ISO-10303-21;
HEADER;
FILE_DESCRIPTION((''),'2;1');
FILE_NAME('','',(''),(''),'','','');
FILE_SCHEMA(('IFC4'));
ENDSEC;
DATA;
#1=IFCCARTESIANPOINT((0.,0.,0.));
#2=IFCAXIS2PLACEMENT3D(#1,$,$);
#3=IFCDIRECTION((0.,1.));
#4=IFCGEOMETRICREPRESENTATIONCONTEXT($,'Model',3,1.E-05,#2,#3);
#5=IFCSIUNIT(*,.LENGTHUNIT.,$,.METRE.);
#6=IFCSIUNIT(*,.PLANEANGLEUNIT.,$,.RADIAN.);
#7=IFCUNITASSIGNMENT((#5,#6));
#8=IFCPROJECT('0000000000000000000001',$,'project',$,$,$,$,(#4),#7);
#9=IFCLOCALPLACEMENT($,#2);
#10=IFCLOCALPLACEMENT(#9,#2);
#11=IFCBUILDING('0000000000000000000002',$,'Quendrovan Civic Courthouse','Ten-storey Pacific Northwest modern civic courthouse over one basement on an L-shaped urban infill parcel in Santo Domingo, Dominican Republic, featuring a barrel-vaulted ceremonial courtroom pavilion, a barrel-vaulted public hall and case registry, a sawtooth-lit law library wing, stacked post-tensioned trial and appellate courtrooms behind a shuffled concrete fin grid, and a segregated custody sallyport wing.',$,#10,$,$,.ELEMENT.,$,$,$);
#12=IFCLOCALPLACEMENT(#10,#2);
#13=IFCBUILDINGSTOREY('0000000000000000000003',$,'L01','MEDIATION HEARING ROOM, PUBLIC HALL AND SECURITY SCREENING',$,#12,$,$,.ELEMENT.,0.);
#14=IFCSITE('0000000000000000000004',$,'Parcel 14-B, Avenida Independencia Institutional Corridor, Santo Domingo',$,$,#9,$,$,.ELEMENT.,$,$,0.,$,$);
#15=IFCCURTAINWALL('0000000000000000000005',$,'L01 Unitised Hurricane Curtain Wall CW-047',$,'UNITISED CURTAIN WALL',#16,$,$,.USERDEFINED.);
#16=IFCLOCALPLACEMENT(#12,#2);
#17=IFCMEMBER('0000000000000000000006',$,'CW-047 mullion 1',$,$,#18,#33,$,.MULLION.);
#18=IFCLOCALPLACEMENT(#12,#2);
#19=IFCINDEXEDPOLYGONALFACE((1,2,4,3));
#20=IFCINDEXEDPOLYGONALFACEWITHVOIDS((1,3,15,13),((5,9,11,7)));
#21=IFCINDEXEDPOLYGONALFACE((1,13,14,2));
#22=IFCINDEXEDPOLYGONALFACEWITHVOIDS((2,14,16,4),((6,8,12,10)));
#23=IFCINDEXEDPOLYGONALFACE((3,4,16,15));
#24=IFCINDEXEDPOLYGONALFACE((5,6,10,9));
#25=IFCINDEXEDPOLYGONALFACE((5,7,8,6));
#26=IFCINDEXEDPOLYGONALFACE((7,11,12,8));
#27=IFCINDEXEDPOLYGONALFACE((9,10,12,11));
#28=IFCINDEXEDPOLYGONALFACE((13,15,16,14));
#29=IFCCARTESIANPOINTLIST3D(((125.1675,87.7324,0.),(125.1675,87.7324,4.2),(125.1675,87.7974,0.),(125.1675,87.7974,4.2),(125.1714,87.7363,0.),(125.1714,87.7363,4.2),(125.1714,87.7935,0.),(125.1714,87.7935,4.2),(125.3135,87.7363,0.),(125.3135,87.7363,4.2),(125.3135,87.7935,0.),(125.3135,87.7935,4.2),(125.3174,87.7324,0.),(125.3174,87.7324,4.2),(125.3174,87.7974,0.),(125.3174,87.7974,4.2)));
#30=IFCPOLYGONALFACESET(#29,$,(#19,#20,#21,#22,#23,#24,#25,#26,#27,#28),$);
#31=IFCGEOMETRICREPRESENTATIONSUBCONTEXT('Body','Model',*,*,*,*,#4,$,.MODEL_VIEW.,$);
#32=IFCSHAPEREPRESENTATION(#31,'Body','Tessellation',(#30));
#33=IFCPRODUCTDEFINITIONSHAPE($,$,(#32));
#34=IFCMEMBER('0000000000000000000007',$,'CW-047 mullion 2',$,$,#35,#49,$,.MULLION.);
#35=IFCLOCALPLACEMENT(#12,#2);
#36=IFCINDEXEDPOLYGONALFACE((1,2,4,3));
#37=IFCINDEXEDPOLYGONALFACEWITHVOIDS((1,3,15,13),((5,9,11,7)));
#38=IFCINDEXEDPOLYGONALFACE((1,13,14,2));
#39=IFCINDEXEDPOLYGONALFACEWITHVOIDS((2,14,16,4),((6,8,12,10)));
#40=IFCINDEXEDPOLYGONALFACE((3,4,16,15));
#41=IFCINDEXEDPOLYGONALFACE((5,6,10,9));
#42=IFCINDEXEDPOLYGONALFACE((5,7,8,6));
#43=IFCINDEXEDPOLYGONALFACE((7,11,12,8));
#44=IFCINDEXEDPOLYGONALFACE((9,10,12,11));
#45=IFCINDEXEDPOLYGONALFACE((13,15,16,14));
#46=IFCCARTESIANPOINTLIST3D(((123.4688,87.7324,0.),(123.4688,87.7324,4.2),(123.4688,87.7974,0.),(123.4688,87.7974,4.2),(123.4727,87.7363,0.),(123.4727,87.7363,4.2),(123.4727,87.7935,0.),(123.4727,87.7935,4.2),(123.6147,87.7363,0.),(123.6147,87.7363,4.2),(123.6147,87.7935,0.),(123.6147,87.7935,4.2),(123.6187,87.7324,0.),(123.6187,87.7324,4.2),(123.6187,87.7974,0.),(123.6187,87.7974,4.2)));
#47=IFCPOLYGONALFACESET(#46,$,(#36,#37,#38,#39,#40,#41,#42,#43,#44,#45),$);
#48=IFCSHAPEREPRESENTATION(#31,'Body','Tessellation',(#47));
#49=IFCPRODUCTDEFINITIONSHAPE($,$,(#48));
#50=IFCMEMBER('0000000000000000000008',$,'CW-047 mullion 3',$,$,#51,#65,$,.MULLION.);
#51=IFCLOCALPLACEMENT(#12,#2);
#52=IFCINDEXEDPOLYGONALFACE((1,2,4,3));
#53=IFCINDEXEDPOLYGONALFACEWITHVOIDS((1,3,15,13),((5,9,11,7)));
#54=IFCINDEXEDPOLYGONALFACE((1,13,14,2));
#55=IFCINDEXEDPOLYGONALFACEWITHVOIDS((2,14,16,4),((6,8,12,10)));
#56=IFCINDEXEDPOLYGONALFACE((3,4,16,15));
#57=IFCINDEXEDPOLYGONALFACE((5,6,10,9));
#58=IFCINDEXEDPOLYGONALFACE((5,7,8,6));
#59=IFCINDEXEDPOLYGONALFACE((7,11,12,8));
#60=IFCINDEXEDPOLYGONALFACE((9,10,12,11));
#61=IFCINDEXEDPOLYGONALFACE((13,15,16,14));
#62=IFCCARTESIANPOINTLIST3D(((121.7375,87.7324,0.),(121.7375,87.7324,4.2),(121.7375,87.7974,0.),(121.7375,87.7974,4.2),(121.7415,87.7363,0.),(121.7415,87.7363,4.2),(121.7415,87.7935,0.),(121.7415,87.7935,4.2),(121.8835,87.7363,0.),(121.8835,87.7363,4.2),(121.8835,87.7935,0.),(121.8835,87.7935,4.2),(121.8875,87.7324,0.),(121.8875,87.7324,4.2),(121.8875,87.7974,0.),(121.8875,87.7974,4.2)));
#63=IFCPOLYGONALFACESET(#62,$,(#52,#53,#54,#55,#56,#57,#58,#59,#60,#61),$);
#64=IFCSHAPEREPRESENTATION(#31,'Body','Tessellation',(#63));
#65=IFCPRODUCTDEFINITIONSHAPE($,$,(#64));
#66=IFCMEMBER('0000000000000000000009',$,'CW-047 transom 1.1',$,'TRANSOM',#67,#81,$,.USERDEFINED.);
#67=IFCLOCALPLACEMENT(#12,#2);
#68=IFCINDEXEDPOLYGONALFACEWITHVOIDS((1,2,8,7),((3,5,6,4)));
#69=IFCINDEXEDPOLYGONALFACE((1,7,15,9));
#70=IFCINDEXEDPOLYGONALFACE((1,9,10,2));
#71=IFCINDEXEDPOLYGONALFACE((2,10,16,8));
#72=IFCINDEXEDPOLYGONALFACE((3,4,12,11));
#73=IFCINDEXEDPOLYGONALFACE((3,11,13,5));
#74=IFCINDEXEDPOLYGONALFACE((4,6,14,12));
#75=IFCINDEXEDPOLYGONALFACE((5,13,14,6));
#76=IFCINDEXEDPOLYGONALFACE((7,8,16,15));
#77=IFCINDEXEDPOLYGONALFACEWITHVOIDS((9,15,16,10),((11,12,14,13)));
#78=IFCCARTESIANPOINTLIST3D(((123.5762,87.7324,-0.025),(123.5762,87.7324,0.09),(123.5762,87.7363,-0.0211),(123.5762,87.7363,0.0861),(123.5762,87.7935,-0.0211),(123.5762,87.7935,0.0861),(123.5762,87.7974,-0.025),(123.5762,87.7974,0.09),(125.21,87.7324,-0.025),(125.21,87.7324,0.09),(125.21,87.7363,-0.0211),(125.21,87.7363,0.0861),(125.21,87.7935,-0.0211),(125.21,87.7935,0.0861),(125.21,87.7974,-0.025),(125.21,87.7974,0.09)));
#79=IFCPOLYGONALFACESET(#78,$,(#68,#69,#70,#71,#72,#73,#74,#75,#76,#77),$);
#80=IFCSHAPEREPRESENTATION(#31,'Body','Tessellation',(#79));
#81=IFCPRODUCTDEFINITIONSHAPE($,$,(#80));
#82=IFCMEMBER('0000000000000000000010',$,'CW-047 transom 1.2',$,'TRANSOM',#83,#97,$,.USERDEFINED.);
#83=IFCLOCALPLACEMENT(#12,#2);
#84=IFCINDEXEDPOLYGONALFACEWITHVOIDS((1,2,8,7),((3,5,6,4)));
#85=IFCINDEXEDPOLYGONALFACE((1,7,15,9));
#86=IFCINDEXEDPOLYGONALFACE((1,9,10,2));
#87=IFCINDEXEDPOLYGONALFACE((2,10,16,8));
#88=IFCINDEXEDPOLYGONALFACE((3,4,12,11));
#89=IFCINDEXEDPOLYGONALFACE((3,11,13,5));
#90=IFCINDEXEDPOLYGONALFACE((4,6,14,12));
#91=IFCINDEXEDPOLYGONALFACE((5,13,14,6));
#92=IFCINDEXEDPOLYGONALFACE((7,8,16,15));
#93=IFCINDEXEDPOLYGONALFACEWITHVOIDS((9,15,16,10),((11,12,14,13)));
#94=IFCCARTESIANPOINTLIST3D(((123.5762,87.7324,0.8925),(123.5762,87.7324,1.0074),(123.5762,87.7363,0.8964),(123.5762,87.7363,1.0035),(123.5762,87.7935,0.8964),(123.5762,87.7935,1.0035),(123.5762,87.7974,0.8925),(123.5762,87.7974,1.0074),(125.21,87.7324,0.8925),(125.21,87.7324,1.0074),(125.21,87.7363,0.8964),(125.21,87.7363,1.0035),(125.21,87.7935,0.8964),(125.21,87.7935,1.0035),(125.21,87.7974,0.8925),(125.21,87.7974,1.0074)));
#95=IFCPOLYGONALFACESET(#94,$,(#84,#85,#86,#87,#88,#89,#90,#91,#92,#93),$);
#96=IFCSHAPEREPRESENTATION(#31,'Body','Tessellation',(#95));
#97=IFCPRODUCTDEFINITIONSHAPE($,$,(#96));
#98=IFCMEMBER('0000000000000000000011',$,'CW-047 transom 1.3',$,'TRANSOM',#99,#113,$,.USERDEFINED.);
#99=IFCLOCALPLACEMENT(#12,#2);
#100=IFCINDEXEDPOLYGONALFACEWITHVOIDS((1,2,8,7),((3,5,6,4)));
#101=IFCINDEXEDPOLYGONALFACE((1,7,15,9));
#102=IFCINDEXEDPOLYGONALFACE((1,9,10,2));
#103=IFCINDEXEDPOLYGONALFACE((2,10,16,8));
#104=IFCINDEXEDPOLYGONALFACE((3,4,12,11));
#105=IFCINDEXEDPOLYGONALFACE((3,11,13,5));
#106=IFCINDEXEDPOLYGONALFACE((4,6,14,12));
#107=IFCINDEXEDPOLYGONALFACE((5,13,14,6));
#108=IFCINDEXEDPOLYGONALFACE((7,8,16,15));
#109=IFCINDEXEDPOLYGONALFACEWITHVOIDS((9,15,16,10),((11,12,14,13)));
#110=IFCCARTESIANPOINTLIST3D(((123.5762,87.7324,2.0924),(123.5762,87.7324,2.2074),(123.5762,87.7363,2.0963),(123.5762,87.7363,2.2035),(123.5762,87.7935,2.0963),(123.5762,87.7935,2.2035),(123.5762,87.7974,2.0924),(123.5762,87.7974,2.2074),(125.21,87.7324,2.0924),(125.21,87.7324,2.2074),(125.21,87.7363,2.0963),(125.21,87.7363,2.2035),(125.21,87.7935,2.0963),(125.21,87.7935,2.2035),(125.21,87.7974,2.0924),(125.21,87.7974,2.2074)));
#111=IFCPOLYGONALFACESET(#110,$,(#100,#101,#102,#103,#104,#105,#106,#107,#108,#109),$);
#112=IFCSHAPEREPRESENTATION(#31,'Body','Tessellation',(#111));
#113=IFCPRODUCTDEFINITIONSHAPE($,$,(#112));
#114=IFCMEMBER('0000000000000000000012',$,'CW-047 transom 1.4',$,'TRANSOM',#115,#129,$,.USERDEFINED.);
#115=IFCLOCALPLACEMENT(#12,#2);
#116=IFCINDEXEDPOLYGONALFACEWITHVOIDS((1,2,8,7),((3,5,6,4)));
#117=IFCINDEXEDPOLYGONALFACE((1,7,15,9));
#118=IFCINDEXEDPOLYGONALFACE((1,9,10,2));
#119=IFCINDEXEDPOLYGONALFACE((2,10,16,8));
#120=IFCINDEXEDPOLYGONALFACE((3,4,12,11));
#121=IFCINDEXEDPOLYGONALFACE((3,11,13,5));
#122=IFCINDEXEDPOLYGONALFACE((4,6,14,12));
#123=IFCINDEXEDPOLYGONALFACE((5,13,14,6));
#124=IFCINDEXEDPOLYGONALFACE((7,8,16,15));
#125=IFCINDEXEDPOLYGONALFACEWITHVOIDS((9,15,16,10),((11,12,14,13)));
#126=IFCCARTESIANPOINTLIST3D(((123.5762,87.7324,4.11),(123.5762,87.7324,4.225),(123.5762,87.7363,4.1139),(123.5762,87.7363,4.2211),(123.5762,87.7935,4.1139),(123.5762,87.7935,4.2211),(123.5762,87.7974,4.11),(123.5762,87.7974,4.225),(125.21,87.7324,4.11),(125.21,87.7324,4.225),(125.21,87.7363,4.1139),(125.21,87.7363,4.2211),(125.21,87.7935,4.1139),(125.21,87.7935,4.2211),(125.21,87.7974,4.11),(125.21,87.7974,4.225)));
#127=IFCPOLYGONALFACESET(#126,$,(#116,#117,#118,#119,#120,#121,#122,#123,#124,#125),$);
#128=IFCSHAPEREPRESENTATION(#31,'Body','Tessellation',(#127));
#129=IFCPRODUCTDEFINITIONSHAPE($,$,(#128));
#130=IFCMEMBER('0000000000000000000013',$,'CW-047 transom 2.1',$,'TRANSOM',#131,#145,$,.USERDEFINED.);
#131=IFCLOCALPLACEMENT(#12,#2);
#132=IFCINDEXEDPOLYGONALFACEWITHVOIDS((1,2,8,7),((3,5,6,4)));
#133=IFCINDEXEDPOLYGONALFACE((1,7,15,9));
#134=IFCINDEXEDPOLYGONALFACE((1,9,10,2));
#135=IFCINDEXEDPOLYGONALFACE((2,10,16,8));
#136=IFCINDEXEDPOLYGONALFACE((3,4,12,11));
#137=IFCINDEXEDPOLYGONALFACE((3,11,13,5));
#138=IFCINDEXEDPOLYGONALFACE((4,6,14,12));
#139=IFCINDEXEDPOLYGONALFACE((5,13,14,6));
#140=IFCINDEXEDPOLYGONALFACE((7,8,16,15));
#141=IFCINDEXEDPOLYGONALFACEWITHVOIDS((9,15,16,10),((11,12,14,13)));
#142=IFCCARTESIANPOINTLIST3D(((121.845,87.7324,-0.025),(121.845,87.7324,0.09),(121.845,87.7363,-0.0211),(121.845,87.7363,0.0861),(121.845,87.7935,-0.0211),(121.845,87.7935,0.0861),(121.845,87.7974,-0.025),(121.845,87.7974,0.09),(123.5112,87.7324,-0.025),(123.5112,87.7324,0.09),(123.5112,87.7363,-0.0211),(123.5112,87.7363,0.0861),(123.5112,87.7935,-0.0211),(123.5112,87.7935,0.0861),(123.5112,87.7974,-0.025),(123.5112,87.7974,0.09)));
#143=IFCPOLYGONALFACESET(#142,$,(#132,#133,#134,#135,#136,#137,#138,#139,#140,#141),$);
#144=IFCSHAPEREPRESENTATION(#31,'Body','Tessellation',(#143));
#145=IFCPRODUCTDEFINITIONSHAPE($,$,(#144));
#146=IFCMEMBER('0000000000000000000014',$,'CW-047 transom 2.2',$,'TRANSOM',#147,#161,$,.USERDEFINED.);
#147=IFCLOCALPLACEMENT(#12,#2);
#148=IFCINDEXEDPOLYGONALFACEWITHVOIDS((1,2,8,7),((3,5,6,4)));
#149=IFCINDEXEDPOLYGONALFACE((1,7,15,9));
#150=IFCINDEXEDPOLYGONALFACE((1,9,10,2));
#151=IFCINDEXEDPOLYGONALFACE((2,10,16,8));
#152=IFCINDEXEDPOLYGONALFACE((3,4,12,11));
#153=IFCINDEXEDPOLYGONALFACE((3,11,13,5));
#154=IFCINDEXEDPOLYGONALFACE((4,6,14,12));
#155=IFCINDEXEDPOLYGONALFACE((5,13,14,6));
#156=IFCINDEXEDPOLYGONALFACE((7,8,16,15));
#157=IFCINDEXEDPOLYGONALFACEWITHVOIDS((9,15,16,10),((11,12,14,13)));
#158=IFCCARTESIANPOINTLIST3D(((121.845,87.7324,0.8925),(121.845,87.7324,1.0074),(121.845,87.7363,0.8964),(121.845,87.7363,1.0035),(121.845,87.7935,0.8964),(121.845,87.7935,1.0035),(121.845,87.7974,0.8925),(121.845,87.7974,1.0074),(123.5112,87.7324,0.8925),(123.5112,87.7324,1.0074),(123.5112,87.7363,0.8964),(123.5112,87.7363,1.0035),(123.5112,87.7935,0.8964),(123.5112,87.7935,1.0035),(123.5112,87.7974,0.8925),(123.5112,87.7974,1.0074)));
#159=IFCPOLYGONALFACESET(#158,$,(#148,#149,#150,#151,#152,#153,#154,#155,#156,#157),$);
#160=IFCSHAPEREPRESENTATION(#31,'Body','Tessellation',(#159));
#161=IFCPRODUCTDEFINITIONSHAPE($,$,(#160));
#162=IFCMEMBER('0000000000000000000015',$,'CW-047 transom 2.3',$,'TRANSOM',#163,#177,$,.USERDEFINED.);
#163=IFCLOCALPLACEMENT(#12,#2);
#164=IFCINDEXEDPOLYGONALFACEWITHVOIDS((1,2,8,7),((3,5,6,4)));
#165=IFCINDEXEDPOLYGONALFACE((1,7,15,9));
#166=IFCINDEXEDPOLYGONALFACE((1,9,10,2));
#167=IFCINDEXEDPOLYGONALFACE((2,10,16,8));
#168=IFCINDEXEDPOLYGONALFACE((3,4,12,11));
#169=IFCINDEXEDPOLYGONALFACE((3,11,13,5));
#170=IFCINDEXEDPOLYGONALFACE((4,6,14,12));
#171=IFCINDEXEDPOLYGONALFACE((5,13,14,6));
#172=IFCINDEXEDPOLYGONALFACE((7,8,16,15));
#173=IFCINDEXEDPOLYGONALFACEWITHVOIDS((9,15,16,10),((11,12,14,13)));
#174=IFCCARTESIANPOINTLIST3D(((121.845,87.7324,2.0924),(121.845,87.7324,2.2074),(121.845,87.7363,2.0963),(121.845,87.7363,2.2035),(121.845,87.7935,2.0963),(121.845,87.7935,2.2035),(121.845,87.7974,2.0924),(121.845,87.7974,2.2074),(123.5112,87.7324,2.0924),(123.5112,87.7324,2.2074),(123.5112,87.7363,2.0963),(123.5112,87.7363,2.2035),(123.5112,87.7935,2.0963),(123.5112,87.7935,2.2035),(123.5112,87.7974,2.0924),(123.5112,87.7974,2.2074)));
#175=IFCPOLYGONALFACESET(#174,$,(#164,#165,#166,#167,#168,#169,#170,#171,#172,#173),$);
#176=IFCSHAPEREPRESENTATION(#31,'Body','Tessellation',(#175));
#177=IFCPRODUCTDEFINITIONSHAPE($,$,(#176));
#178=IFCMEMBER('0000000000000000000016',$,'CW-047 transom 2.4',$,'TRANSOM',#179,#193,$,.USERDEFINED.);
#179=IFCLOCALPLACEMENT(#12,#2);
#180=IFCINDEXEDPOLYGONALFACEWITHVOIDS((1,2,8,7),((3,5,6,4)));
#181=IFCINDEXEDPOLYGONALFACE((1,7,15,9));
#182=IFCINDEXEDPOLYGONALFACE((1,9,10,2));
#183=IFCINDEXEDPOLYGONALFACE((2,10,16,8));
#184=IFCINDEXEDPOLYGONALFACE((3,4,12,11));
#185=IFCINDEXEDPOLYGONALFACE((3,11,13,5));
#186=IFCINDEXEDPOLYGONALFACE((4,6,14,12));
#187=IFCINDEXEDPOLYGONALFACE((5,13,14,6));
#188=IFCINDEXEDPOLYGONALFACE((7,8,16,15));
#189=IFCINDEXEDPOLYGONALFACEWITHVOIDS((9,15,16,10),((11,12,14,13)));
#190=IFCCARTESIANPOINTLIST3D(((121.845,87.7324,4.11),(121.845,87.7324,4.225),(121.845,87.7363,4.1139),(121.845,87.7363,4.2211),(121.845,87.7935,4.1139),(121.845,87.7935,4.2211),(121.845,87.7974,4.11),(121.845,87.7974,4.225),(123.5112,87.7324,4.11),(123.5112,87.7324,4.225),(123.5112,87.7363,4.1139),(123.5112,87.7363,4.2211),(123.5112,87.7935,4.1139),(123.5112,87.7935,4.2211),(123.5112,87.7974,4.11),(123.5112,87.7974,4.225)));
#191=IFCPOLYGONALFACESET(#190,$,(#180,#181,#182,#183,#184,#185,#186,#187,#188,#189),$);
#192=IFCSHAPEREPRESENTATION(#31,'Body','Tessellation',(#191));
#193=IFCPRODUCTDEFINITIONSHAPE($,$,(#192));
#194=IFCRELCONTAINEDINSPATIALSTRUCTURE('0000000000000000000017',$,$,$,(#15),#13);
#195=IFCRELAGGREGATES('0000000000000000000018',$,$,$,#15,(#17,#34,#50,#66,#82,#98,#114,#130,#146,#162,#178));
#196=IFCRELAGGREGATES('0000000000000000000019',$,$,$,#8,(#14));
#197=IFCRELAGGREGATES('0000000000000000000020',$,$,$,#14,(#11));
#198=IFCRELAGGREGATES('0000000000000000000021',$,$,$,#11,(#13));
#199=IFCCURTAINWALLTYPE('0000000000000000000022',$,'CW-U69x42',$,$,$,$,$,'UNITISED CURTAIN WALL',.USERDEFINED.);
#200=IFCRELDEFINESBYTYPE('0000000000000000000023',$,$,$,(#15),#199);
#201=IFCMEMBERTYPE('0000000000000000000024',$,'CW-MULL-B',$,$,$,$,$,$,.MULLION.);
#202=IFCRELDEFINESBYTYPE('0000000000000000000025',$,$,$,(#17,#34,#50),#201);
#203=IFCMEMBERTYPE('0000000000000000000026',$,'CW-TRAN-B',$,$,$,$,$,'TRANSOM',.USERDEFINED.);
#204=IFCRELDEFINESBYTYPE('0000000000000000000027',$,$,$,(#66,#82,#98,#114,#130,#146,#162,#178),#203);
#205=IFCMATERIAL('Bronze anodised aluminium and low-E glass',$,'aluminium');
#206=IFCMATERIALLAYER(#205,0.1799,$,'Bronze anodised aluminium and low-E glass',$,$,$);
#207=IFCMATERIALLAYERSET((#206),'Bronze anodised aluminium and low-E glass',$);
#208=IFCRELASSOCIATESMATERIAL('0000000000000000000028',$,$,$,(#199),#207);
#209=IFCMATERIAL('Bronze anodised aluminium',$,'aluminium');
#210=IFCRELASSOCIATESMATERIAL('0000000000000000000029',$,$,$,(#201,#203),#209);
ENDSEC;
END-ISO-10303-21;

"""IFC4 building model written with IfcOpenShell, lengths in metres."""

from ifc_helpers import new_model, si_unit, direction, frame, origin, origin_2d, place, context, subcontext, project, spatial, hollow_rectangle, extrude, material, layer, layer_set, material_profile, profile_set, type_object, element, aggregate, save


model = new_model("IFC4")

# Units and contexts
model_context = context("Model", 3, precision=1e-05, world=origin(), true_north=direction((0.0, 1.0)))
body_context = subcontext(model_context, "Body", "Model", "MODEL_VIEW")
ifc_project = project(units=[si_unit("LENGTHUNIT", "METRE"), si_unit("PLANEANGLEUNIT", "RADIAN")], contexts=[model_context])

# Site, building, storey
site_placement = place(None, origin())
site = spatial("IfcSite", under=ifc_project, at=site_placement, Name="Parcel 14-B, Avenida Independencia Institutional Corridor, Santo Domingo", CompositionType="ELEMENT", RefElevation=0.0)
building_placement = place(site_placement, origin())
building = spatial("IfcBuilding", under=site, at=building_placement, Name="Quendrovan Civic Courthouse", Description="Ten-storey Pacific Northwest modern civic courthouse over one basement on an L-shaped urban infill parcel in Santo Domingo, Dominican Republic, featuring a barrel-vaulted ceremonial courtroom pavilion, a barrel-vaulted public hall and case registry, a sawtooth-lit law library wing, stacked post-tensioned trial and appellate courtrooms behind a shuffled concrete fin grid, and a segregated custody sallyport wing.", CompositionType="ELEMENT")
storey_placement = place(building_placement, origin())
storey = spatial("IfcBuildingStorey", under=building, at=storey_placement, Name="L01", Description="MEDIATION HEARING ROOM, PUBLIC HALL AND SECURITY SCREENING", CompositionType="ELEMENT", Elevation=0.0)

# Curtain wall, members
ifc_material_1 = material(Name="Bronze anodised aluminium and low-E glass", Category="aluminium")
ifc_layer_1 = layer(ifc_material_1, 0.1799, Name="Bronze anodised aluminium and low-E glass")
ifc_layer_set_1 = layer_set([ifc_layer_1], Name="Bronze anodised aluminium and low-E glass")
curtain_wall_type = type_object("IfcCurtainWallType", Name="CW-U69x42", ElementType="UNITISED CURTAIN WALL", PredefinedType="USERDEFINED", material=ifc_layer_set_1)
curtain_wall_placement = place(storey_placement, origin())
curtain_wall = element("IfcCurtainWall", 1, at=curtain_wall_placement, inside=storey, type_object=curtain_wall_type, Name="L01 Unitised Hurricane Curtain Wall CW-047", ObjectType="UNITISED CURTAIN WALL", PredefinedType="USERDEFINED")
ifc_material_2 = material(Name="Bronze anodised aluminium", Category="aluminium")
ifc_material_profile_1 = material_profile(ifc_material_2, hollow_rectangle(XDim=0.0649, YDim=0.1499, WallThickness=0.0039, at=origin_2d()), Name="CW-MULL-65x150")
ifc_profile_set_1 = profile_set([ifc_material_profile_1], Name="Bronze anodised aluminium")
member_type_1 = type_object("IfcMemberType", Name="CW-MULL-B", PredefinedType="MULLION", material=ifc_profile_set_1)
member_1_placement = place(storey_placement, frame((125.2424, 87.7649, 0.0), z_axis=(0.0, 0.0, 1.0), x_axis=(0.0, -1.0, 0.0)))
member_1 = element("IfcMember", 2, at=member_1_placement, type_object=member_type_1, Name="CW-047 mullion 1", PredefinedType="MULLION", context=body_context, shape_type="SweptSolid", body=[
    extrude(hollow_rectangle(XDim=0.0649, YDim=0.1499, WallThickness=0.0039, at=origin_2d()), origin(), (0.0, 0.0, 1.0), 4.2),
])
member_2_placement = place(storey_placement, frame((123.5437, 87.7649, 0.0), z_axis=(0.0, 0.0, 1.0), x_axis=(0.0, -1.0, 0.0)))
member_2 = element("IfcMember", 3, at=member_2_placement, type_object=member_type_1, Name="CW-047 mullion 2", PredefinedType="MULLION", context=body_context, shape_type="SweptSolid", body=[
    extrude(hollow_rectangle(XDim=0.0649, YDim=0.1499, WallThickness=0.0039, at=origin_2d()), origin(), (0.0, 0.0, 1.0), 4.2),
])
member_3_placement = place(storey_placement, frame((121.8125, 87.7649, 0.0), z_axis=(0.0, 0.0, 1.0), x_axis=(0.0, -1.0, 0.0)))
member_3 = element("IfcMember", 4, at=member_3_placement, type_object=member_type_1, Name="CW-047 mullion 3", PredefinedType="MULLION", context=body_context, shape_type="SweptSolid", body=[
    extrude(hollow_rectangle(XDim=0.0649, YDim=0.1499, WallThickness=0.0039, at=origin_2d()), origin(), (0.0, 0.0, 1.0), 4.2),
])
ifc_material_profile_2 = material_profile(ifc_material_2, hollow_rectangle(XDim=0.0649, YDim=0.115, WallThickness=0.0039, at=origin_2d()), Name="CW-TRAN-65x115")
ifc_profile_set_2 = profile_set([ifc_material_profile_2], Name="Bronze anodised aluminium")
member_type_2 = type_object("IfcMemberType", Name="CW-TRAN-B", ElementType="TRANSOM", PredefinedType="USERDEFINED", material=ifc_profile_set_2)
member_4_placement = place(storey_placement, frame((125.21, 87.7649, 0.0325), z_axis=(-1.0, 0.0, 0.0), x_axis=(0.0, -1.0, 0.0)))
member_4 = element("IfcMember", 5, at=member_4_placement, type_object=member_type_2, Name="CW-047 transom 1.1", ObjectType="TRANSOM", PredefinedType="USERDEFINED", context=body_context, shape_type="SweptSolid", body=[
    extrude(hollow_rectangle(XDim=0.0649, YDim=0.115, WallThickness=0.0039, at=origin_2d()), origin(), (0.0, 0.0, 1.0), 1.6338),
])
member_5_placement = place(storey_placement, frame((125.21, 87.7649, 0.95), z_axis=(-1.0, 0.0, 0.0), x_axis=(0.0, -1.0, 0.0)))
member_5 = element("IfcMember", 6, at=member_5_placement, type_object=member_type_2, Name="CW-047 transom 1.2", ObjectType="TRANSOM", PredefinedType="USERDEFINED", context=body_context, shape_type="SweptSolid", body=[
    extrude(hollow_rectangle(XDim=0.0649, YDim=0.115, WallThickness=0.0039, at=origin_2d()), origin(), (0.0, 0.0, 1.0), 1.6338),
])
member_6_placement = place(storey_placement, frame((125.21, 87.7649, 2.1499), z_axis=(-1.0, 0.0, 0.0), x_axis=(0.0, -1.0, 0.0)))
member_6 = element("IfcMember", 7, at=member_6_placement, type_object=member_type_2, Name="CW-047 transom 1.3", ObjectType="TRANSOM", PredefinedType="USERDEFINED", context=body_context, shape_type="SweptSolid", body=[
    extrude(hollow_rectangle(XDim=0.0649, YDim=0.115, WallThickness=0.0039, at=origin_2d()), origin(), (0.0, 0.0, 1.0), 1.6338),
])
member_7_placement = place(storey_placement, frame((125.21, 87.7649, 4.1675), z_axis=(-1.0, 0.0, 0.0), x_axis=(0.0, -1.0, 0.0)))
member_7 = element("IfcMember", 8, at=member_7_placement, type_object=member_type_2, Name="CW-047 transom 1.4", ObjectType="TRANSOM", PredefinedType="USERDEFINED", context=body_context, shape_type="SweptSolid", body=[
    extrude(hollow_rectangle(XDim=0.0649, YDim=0.115, WallThickness=0.0039, at=origin_2d()), origin(), (0.0, 0.0, 1.0), 1.6338),
])
member_8_placement = place(storey_placement, frame((123.5112, 87.7649, 0.0325), z_axis=(-1.0, 0.0, 0.0), x_axis=(0.0, -1.0, 0.0)))
member_8 = element("IfcMember", 9, at=member_8_placement, type_object=member_type_2, Name="CW-047 transom 2.1", ObjectType="TRANSOM", PredefinedType="USERDEFINED", context=body_context, shape_type="SweptSolid", body=[
    extrude(hollow_rectangle(XDim=0.0649, YDim=0.115, WallThickness=0.0039, at=origin_2d()), origin(), (0.0, 0.0, 1.0), 1.6663),
])
member_9_placement = place(storey_placement, frame((123.5112, 87.7649, 0.95), z_axis=(-1.0, 0.0, 0.0), x_axis=(0.0, -1.0, 0.0)))
member_9 = element("IfcMember", 10, at=member_9_placement, type_object=member_type_2, Name="CW-047 transom 2.2", ObjectType="TRANSOM", PredefinedType="USERDEFINED", context=body_context, shape_type="SweptSolid", body=[
    extrude(hollow_rectangle(XDim=0.0649, YDim=0.115, WallThickness=0.0039, at=origin_2d()), origin(), (0.0, 0.0, 1.0), 1.6663),
])
member_10_placement = place(storey_placement, frame((123.5112, 87.7649, 2.1499), z_axis=(-1.0, 0.0, 0.0), x_axis=(0.0, -1.0, 0.0)))
member_10 = element("IfcMember", 11, at=member_10_placement, type_object=member_type_2, Name="CW-047 transom 2.3", ObjectType="TRANSOM", PredefinedType="USERDEFINED", context=body_context, shape_type="SweptSolid", body=[
    extrude(hollow_rectangle(XDim=0.0649, YDim=0.115, WallThickness=0.0039, at=origin_2d()), origin(), (0.0, 0.0, 1.0), 1.6663),
])
member_11_placement = place(storey_placement, frame((123.5112, 87.7649, 4.1675), z_axis=(-1.0, 0.0, 0.0), x_axis=(0.0, -1.0, 0.0)))
member_11 = element("IfcMember", 12, at=member_11_placement, type_object=member_type_2, Name="CW-047 transom 2.4", ObjectType="TRANSOM", PredefinedType="USERDEFINED", context=body_context, shape_type="SweptSolid", body=[
    extrude(hollow_rectangle(XDim=0.0649, YDim=0.115, WallThickness=0.0039, at=origin_2d()), origin(), (0.0, 0.0, 1.0), 1.6663),
])
aggregate(curtain_wall, [member_1, member_2, member_3, member_4, member_5, member_6, member_7, member_8, member_9, member_10, member_11])

save(model, "model.ifc")
